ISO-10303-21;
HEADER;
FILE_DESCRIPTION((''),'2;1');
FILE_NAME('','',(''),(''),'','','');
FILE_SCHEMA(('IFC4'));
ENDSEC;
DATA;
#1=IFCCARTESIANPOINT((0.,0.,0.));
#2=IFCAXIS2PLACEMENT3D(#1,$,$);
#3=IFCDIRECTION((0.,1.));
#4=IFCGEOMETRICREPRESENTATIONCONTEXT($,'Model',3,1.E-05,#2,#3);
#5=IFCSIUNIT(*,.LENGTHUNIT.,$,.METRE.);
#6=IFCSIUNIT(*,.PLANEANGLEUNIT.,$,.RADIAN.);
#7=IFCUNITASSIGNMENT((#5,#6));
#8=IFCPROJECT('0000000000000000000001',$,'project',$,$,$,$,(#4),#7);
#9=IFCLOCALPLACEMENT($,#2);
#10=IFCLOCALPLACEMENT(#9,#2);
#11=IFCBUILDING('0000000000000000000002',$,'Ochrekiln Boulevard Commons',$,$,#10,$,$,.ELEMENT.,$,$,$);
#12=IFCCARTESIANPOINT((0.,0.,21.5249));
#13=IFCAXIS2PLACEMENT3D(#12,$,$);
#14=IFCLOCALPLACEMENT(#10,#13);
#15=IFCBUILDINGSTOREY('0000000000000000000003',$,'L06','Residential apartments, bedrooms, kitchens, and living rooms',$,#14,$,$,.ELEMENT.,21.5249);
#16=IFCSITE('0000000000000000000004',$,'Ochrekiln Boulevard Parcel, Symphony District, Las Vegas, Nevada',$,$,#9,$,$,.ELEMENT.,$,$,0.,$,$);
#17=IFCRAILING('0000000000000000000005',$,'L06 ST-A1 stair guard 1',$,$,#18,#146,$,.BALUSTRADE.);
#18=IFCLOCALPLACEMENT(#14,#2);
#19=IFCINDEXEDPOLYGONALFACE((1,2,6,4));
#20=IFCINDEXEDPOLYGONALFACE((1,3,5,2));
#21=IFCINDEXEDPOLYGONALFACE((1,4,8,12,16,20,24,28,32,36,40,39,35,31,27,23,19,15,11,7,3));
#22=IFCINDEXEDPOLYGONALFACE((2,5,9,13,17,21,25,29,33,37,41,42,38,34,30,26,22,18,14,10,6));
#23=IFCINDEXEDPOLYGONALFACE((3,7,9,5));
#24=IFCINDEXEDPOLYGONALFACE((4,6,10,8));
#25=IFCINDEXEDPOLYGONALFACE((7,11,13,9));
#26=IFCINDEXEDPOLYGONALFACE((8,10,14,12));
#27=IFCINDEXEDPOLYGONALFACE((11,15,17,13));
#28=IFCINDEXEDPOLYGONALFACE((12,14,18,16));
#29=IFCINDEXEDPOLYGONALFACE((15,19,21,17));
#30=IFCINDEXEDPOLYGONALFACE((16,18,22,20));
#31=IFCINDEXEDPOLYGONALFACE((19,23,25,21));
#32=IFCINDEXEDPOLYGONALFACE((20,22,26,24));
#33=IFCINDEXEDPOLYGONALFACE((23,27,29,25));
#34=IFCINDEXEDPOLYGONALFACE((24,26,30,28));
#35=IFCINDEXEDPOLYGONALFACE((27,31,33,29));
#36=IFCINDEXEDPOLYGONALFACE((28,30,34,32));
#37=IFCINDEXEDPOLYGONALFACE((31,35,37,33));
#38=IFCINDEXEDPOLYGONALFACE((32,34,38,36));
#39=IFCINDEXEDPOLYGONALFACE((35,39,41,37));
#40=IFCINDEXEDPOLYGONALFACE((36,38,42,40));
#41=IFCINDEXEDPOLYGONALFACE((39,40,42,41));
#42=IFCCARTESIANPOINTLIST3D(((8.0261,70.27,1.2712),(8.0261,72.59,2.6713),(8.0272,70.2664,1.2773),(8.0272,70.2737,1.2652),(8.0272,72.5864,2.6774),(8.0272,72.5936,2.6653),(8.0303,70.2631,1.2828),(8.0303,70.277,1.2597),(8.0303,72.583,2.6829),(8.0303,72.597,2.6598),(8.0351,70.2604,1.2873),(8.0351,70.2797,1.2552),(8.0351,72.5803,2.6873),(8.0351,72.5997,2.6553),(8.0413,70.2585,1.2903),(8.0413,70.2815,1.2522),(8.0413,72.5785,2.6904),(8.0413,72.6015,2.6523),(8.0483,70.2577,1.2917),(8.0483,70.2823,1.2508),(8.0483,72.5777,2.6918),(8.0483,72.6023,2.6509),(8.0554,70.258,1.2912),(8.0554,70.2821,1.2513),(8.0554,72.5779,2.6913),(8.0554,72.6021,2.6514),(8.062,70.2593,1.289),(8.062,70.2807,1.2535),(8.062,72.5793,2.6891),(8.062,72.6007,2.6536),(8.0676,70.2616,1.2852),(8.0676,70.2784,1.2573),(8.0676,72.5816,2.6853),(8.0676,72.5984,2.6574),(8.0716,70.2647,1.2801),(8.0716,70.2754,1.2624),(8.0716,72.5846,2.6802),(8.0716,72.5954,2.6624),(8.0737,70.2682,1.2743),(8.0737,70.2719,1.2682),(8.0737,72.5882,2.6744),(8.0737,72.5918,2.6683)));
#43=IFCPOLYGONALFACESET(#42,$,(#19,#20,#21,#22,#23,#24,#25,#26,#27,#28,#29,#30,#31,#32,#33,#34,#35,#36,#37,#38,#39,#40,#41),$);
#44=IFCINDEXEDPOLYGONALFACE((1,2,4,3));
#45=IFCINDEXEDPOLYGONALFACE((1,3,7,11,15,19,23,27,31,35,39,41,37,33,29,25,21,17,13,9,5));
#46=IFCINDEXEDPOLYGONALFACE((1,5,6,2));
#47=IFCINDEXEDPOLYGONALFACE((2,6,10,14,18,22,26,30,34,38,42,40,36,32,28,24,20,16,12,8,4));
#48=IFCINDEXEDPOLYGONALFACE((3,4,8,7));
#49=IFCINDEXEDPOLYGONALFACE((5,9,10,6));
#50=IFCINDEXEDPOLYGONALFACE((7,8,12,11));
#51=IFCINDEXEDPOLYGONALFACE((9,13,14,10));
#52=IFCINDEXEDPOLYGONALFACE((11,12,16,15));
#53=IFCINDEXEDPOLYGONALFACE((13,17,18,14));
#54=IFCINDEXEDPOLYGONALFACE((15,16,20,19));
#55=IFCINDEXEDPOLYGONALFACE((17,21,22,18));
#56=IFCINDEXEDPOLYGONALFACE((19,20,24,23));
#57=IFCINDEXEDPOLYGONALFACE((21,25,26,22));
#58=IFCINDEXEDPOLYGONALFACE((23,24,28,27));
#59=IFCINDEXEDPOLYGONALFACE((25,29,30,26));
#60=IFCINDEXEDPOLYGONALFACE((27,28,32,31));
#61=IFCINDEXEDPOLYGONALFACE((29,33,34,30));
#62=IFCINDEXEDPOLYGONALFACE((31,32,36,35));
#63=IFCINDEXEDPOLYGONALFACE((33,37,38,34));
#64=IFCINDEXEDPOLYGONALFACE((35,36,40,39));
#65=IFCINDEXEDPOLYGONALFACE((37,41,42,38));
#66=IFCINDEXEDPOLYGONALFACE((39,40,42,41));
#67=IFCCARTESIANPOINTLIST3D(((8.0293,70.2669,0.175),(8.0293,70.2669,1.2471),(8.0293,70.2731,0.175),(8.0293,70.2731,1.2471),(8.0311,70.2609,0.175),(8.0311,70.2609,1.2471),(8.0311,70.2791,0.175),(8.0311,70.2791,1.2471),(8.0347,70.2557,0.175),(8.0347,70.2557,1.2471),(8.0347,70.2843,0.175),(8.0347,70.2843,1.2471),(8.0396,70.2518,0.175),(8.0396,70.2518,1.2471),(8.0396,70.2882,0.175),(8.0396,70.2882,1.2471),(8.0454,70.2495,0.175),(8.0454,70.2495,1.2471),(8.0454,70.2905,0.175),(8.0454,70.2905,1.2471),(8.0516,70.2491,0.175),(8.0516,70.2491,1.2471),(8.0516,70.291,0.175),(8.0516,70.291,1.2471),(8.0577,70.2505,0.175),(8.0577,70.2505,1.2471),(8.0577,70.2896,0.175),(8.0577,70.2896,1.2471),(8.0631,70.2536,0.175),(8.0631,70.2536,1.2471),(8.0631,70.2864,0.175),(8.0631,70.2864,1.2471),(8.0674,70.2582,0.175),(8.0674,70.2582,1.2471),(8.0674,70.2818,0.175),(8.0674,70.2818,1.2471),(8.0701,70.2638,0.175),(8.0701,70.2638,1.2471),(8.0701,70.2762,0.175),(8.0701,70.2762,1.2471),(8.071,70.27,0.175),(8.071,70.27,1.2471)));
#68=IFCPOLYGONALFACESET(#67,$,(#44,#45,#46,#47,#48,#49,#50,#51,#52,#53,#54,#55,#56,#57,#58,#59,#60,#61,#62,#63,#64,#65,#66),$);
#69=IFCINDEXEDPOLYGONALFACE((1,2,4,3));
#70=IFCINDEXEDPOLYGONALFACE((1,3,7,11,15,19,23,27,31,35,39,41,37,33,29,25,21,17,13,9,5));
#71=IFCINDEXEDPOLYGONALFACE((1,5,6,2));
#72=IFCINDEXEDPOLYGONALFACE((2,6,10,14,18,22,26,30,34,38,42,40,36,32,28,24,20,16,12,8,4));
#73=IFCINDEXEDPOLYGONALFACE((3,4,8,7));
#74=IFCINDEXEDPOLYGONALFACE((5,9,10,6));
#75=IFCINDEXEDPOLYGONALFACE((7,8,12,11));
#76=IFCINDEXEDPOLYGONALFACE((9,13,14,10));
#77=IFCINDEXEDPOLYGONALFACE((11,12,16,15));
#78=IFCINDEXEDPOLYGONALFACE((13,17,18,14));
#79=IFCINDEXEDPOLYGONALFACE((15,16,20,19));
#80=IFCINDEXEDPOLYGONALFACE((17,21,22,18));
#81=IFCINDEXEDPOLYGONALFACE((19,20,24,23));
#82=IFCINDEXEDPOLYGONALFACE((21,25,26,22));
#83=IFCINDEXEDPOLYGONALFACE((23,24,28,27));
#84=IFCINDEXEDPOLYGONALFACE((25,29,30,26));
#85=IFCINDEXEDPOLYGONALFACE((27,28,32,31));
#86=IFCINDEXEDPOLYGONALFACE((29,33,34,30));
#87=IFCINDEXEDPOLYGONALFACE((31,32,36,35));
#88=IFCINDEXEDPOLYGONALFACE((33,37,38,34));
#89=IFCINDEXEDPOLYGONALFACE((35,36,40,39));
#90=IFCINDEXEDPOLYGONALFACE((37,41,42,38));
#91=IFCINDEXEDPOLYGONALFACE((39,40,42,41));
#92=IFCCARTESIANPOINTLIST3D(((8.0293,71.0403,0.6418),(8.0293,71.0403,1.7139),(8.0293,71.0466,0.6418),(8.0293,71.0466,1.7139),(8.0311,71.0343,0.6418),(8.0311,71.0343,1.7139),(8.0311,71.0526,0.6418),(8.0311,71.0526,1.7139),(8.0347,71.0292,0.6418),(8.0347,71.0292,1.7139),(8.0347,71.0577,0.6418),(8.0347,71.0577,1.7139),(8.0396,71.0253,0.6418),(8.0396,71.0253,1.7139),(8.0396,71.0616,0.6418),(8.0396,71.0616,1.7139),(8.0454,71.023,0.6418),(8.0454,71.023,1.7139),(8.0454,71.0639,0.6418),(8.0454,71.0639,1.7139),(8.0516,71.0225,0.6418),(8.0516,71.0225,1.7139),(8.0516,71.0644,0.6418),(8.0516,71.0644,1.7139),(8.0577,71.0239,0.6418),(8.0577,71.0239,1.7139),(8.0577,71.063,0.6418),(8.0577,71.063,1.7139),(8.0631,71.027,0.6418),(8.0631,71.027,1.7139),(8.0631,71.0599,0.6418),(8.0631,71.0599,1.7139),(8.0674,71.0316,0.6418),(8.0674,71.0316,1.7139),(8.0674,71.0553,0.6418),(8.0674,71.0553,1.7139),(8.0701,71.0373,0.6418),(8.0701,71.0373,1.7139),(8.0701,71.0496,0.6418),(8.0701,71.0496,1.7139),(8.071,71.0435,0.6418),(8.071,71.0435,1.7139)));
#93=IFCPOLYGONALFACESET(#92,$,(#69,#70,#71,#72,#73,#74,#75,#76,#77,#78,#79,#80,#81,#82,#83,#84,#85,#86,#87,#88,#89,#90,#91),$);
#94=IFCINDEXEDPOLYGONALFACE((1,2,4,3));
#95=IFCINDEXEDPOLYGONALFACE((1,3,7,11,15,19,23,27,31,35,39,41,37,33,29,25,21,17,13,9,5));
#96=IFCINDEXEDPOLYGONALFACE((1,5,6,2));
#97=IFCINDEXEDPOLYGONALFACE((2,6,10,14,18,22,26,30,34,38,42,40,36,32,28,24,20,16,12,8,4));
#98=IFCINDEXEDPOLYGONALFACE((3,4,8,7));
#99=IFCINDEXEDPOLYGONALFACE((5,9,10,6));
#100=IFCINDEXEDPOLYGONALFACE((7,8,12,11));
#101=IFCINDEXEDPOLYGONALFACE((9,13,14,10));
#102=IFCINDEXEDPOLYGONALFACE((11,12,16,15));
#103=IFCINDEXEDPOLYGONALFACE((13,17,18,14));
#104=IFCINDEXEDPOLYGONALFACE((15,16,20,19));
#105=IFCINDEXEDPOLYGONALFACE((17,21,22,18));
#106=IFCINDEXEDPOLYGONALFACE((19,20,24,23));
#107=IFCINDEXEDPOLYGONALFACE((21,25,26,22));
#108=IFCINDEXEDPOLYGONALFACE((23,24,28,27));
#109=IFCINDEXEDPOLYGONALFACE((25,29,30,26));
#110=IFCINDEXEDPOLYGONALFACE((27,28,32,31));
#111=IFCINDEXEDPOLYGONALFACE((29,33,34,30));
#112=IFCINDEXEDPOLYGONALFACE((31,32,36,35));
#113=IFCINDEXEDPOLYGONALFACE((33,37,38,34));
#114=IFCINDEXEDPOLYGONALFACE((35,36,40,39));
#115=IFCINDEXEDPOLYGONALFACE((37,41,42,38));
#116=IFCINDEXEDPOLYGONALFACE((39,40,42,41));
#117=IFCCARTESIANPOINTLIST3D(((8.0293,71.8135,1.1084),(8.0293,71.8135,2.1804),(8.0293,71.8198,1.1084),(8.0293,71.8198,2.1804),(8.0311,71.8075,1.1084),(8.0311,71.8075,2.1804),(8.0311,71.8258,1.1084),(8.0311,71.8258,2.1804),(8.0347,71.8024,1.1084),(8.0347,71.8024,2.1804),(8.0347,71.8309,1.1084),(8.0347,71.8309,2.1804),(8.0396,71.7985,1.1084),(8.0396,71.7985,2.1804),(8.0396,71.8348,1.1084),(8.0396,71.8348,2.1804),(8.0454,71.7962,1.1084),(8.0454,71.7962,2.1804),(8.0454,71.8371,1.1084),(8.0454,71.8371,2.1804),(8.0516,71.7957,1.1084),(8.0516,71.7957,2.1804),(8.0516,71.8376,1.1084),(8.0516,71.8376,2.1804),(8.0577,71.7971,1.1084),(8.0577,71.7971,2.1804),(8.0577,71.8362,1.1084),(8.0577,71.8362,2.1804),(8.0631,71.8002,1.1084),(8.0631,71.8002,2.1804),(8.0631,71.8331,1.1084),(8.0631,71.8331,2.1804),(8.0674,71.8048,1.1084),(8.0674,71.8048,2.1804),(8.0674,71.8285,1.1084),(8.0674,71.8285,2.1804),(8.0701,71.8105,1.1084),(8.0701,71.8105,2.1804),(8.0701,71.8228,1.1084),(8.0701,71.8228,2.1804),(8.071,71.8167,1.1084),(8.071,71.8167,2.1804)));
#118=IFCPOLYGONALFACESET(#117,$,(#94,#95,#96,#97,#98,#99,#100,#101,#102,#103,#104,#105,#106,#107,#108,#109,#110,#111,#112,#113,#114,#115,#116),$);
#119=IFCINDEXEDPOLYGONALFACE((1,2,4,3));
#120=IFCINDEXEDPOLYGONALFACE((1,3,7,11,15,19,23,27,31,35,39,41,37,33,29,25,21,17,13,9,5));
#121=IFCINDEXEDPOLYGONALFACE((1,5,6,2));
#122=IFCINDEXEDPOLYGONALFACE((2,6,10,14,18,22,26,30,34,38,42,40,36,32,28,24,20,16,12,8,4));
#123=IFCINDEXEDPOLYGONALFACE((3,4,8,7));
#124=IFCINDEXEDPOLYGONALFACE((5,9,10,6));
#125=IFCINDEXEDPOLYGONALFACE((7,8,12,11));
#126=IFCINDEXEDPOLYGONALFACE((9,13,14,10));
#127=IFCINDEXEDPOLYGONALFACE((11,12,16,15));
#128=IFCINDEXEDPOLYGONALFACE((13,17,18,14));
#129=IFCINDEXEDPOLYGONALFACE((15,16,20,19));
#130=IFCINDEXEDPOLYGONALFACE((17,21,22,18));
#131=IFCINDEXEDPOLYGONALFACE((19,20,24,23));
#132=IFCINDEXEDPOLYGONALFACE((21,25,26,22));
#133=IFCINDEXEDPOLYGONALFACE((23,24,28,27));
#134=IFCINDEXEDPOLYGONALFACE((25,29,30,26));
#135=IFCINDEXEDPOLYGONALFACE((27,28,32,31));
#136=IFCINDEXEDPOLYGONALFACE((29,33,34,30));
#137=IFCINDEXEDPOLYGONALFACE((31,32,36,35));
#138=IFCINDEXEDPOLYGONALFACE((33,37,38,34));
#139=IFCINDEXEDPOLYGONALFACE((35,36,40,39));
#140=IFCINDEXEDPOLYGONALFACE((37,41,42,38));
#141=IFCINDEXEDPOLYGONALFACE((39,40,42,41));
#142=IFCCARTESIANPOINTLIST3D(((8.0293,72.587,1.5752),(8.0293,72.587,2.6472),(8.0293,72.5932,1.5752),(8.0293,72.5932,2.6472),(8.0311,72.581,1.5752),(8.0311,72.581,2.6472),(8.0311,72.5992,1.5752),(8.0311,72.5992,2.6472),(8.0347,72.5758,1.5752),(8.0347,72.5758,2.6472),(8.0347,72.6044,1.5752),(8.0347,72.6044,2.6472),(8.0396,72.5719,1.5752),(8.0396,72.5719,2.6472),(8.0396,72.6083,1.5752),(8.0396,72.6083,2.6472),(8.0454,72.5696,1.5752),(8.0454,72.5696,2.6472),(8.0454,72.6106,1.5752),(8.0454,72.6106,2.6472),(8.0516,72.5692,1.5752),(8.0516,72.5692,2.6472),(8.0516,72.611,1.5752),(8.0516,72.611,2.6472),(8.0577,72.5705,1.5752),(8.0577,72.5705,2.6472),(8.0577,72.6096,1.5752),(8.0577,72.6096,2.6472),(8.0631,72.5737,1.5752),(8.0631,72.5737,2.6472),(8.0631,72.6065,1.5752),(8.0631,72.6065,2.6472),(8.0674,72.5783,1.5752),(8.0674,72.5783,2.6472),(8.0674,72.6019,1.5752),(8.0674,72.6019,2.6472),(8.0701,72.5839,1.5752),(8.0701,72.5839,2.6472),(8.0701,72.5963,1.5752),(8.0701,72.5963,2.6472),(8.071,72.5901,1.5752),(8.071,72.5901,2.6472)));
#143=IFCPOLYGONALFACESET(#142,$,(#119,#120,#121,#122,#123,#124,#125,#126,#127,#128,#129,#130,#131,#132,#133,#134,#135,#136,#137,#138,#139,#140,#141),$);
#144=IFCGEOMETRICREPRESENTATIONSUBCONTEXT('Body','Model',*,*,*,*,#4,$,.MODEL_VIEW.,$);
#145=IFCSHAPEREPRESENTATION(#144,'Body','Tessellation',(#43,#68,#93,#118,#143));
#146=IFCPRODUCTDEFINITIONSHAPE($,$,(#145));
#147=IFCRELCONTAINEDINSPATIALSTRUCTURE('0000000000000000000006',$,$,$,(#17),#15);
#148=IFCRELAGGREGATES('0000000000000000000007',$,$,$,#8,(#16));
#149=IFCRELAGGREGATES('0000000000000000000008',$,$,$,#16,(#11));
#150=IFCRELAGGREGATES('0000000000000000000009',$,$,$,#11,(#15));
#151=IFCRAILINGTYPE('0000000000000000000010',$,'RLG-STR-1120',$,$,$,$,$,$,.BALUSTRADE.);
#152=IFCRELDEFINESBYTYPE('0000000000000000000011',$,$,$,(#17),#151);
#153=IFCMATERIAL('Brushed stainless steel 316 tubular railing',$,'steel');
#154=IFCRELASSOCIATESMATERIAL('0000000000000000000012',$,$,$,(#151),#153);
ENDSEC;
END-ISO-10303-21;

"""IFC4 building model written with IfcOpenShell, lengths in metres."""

from ifc_helpers import new_model, si_unit, direction, frame, origin, origin_2d, place, context, subcontext, project, spatial, circle, extrude, material, type_object, element, save


model = new_model("IFC4")

# Units and contexts
model_context = context("Model", 3, precision=1e-05, world=origin(), true_north=direction((0.0, 1.0)))
body_context = subcontext(model_context, "Body", "Model", "MODEL_VIEW")
ifc_project = project(units=[si_unit("LENGTHUNIT", "METRE"), si_unit("PLANEANGLEUNIT", "RADIAN")], contexts=[model_context])

# Site, building, storey
site_placement = place(None, origin())
site = spatial("IfcSite", under=ifc_project, at=site_placement, Name="Ochrekiln Boulevard Parcel, Symphony District, Las Vegas, Nevada", CompositionType="ELEMENT", RefElevation=0.0)
building_placement = place(site_placement, origin())
building = spatial("IfcBuilding", under=site, at=building_placement, Name="Ochrekiln Boulevard Commons", CompositionType="ELEMENT")
storey_placement = place(building_placement, frame((0.0, 0.0, 21.5249)))
storey = spatial("IfcBuildingStorey", under=building, at=storey_placement, Name="L06", Description="Residential apartments, bedrooms, kitchens, and living rooms", CompositionType="ELEMENT", Elevation=21.5249)

# Railing
ifc_material_1 = material(Name="Brushed stainless steel 316 tubular railing", Category="steel")
railing_type_1 = type_object("IfcRailingType", Name="RLG-STR-1120", PredefinedType="BALUSTRADE", material=ifc_material_1)
railing_1_placement = place(storey_placement, frame((8.05, 70.27, 0.175)))
element("IfcRailing", 1, at=railing_1_placement, inside=storey, type_object=railing_type_1, Name="L06 ST-A1 stair guard 1", PredefinedType="BALUSTRADE", context=body_context, shape_type="SweptSolid", body=[
    extrude(circle(Radius=0.0239, at=origin_2d()), frame((0.0, 0.0, 1.0962), z_axis=(0.0, 0.85617, 0.516693), x_axis=(-1.0, 0.0, 0.0)), (0.0, 0.0, 1.0), 2.7097),
    extrude(circle(Radius=0.021, at=origin_2d()), origin(), (0.0, 0.0, 1.0), 1.072),
    extrude(circle(Radius=0.021, at=origin_2d()), frame((0.0, 0.7734, 0.4668)), (0.0, 0.0, 1.0), 1.072),
    extrude(circle(Radius=0.021, at=origin_2d()), frame((0.0, 1.5466, 0.9333)), (0.0, 0.0, 1.0), 1.072),
    extrude(circle(Radius=0.021, at=origin_2d()), frame((0.0, 2.3201, 1.4001)), (0.0, 0.0, 1.0), 1.072),
])

save(model, "model.ifc")
